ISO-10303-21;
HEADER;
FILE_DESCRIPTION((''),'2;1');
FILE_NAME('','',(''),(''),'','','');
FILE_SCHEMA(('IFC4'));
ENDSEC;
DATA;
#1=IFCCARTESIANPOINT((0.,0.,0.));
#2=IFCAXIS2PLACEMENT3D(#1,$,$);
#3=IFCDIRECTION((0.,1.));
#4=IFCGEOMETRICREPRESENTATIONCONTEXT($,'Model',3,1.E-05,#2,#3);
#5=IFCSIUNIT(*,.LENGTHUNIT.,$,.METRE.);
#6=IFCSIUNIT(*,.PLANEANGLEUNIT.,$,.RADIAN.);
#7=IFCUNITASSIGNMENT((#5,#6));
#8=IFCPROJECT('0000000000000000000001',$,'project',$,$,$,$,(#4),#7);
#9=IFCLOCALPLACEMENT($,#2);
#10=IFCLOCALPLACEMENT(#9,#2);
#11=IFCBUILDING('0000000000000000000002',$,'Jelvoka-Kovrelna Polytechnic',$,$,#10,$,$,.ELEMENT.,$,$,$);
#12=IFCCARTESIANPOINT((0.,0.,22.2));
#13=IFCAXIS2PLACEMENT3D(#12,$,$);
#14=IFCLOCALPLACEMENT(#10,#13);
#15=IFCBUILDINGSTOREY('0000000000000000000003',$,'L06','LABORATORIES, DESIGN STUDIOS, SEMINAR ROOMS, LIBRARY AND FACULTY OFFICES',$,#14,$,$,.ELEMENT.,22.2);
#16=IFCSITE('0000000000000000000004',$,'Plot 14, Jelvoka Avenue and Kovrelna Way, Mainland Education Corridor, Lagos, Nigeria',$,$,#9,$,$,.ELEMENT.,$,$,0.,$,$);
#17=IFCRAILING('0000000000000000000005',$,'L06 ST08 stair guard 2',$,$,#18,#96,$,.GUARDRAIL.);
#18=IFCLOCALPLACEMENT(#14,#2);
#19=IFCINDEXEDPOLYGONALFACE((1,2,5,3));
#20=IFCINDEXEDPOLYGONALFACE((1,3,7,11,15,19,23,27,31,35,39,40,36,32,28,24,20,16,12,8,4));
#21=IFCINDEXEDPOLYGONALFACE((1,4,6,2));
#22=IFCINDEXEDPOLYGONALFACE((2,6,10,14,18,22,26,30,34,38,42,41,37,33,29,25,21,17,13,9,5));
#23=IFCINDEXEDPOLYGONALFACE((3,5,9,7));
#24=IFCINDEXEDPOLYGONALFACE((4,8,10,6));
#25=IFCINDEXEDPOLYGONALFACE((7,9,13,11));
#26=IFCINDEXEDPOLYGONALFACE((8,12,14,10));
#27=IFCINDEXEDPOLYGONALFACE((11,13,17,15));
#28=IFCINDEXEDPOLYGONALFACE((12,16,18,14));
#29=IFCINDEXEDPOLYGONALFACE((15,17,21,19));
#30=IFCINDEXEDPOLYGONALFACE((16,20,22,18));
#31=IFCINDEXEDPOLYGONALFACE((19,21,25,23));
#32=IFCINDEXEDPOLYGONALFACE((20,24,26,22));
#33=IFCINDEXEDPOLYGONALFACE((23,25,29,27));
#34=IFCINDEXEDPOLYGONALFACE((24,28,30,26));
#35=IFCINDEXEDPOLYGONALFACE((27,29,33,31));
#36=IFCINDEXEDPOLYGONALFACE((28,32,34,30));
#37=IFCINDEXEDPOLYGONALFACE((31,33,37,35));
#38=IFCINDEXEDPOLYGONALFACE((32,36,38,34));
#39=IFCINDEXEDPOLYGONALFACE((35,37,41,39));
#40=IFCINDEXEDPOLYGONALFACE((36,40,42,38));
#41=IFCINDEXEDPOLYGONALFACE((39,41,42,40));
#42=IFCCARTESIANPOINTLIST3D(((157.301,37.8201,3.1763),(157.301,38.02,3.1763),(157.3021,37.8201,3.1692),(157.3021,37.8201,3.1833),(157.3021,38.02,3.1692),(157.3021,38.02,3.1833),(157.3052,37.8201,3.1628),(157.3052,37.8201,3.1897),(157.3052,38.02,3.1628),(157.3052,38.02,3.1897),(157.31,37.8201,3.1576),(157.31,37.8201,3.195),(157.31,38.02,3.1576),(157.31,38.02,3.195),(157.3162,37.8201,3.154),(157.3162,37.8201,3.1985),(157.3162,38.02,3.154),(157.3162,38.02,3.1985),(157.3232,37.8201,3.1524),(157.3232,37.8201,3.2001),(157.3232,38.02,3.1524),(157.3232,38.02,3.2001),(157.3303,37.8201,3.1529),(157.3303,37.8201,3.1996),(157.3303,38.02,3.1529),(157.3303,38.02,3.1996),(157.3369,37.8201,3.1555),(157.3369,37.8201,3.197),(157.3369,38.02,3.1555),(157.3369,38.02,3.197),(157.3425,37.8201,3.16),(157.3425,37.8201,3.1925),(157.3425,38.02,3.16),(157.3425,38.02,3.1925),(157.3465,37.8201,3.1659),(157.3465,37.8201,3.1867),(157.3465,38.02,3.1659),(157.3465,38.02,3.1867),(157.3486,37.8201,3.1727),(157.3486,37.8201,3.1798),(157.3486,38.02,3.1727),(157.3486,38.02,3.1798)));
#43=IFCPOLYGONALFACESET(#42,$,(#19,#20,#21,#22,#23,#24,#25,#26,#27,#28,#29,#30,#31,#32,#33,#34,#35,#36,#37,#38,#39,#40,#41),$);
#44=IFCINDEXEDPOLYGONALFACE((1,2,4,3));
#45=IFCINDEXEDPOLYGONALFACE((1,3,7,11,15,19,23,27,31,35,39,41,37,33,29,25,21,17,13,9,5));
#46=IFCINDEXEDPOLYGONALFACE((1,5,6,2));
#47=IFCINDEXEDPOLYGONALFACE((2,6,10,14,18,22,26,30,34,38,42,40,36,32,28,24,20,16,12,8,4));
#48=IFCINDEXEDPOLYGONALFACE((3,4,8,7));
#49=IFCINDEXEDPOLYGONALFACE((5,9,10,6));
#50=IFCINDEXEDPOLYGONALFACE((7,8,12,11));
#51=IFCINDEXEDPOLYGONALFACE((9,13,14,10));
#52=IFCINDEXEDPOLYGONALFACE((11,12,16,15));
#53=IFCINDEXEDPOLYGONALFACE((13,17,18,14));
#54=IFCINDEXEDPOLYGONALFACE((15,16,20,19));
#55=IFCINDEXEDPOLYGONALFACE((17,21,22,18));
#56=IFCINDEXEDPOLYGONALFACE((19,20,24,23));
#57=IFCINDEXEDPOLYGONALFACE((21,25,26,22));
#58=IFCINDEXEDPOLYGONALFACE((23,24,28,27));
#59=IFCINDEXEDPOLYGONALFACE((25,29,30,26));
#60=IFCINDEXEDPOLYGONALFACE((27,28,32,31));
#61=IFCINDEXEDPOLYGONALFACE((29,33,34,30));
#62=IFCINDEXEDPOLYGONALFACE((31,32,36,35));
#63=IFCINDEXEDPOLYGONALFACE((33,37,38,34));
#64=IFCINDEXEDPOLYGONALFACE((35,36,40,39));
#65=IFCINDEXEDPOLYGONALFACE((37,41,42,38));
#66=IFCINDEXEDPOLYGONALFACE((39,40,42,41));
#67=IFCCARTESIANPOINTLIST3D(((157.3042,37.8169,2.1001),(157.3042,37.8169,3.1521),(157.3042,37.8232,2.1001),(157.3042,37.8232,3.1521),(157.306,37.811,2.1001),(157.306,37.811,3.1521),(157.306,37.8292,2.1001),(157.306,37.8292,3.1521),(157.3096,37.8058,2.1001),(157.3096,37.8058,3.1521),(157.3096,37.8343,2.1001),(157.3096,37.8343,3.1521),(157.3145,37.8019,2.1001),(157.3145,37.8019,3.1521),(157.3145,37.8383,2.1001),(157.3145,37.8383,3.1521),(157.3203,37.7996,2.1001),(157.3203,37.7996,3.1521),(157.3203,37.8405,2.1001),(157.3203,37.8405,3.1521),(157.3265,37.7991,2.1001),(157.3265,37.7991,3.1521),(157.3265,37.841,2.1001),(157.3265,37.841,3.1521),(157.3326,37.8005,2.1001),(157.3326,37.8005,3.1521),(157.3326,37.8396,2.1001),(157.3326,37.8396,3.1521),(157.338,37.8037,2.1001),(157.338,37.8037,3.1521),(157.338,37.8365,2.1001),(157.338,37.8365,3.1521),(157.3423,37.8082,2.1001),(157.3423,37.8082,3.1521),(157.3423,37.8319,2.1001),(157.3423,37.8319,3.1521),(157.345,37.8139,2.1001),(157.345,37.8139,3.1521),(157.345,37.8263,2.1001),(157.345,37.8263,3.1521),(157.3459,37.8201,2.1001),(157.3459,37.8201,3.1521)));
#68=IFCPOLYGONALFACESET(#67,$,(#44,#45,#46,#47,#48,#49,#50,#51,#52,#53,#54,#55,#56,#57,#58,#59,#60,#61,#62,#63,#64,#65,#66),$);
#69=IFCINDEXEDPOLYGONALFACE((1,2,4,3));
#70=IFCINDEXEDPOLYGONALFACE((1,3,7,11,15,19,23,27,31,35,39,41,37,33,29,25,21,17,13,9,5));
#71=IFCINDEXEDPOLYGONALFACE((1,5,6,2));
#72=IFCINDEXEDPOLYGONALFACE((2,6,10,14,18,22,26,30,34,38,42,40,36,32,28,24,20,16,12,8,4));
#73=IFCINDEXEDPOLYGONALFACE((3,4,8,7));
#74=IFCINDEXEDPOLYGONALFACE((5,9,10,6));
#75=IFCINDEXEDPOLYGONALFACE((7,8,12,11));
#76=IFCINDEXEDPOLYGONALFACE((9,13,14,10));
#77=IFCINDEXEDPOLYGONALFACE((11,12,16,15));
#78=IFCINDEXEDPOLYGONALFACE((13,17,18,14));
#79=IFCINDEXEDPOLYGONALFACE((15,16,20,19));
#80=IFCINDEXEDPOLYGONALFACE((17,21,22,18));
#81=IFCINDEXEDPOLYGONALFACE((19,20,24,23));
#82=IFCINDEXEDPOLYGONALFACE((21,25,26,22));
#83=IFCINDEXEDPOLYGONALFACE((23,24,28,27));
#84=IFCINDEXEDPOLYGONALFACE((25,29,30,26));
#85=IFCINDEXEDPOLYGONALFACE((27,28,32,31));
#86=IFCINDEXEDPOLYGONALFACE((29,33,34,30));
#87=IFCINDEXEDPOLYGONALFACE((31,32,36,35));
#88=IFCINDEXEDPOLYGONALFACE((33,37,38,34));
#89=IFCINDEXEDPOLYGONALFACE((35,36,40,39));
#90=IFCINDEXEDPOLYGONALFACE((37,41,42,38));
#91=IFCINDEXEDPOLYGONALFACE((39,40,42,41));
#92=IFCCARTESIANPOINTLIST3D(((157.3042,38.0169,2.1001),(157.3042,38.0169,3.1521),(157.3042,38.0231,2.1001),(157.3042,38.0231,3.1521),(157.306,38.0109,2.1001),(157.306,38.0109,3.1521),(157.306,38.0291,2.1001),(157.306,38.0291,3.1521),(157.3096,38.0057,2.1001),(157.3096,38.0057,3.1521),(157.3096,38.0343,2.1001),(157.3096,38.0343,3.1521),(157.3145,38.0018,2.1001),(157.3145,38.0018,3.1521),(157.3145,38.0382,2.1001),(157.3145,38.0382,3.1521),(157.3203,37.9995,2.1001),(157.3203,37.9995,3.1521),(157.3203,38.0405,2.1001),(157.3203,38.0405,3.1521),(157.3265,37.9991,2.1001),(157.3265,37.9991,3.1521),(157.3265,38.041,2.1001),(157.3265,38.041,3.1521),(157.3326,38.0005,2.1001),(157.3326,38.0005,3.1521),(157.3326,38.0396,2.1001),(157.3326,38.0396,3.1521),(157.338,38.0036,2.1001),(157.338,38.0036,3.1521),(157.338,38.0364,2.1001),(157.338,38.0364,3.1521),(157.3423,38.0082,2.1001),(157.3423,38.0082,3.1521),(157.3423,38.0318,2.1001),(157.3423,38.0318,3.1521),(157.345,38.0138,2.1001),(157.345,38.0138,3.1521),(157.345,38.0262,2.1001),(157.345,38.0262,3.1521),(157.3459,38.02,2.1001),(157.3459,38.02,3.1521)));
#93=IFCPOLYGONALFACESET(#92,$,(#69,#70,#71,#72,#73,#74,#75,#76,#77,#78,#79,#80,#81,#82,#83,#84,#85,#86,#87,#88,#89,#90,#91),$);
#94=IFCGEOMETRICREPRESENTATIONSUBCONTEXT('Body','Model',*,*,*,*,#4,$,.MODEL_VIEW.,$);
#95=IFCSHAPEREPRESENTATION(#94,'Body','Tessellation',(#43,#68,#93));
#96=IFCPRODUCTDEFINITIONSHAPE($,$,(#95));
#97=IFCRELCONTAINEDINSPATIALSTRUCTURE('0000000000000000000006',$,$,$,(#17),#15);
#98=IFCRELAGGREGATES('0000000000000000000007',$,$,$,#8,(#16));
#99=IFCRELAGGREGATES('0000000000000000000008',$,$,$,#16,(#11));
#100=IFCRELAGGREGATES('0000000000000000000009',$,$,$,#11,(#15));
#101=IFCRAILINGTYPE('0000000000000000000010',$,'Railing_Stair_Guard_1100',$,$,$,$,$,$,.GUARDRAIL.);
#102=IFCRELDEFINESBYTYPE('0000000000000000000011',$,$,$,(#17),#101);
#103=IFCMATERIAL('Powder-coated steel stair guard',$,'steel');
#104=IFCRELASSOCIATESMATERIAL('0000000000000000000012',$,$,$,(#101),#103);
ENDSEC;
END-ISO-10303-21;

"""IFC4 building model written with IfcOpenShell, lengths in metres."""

from ifc_helpers import new_model, si_unit, direction, frame, origin, origin_2d, place, context, subcontext, project, spatial, circle, extrude, material, type_object, element, save


model = new_model("IFC4")

# Units and contexts
model_context = context("Model", 3, precision=1e-05, world=origin(), true_north=direction((0.0, 1.0)))
body_context = subcontext(model_context, "Body", "Model", "MODEL_VIEW")
ifc_project = project(units=[si_unit("LENGTHUNIT", "METRE"), si_unit("PLANEANGLEUNIT", "RADIAN")], contexts=[model_context])

# Site, building, storey
site_placement = place(None, origin())
site = spatial("IfcSite", under=ifc_project, at=site_placement, Name="Plot 14, Jelvoka Avenue and Kovrelna Way, Mainland Education Corridor, Lagos, Nigeria", CompositionType="ELEMENT", RefElevation=0.0)
building_placement = place(site_placement, origin())
building = spatial("IfcBuilding", under=site, at=building_placement, Name="Jelvoka-Kovrelna Polytechnic", CompositionType="ELEMENT")
storey_placement = place(building_placement, frame((0.0, 0.0, 22.2)))
storey = spatial("IfcBuildingStorey", under=building, at=storey_placement, Name="L06", Description="LABORATORIES, DESIGN STUDIOS, SEMINAR ROOMS, LIBRARY AND FACULTY OFFICES", CompositionType="ELEMENT", Elevation=22.2)

# Railing
ifc_material_1 = material(Name="Powder-coated steel stair guard", Category="steel")
railing_type_1 = type_object("IfcRailingType", Name="Railing_Stair_Guard_1100", PredefinedType="GUARDRAIL", material=ifc_material_1)
railing_1_placement = place(storey_placement, frame((157.325, 37.8201, 2.1001)))
element("IfcRailing", 1, at=railing_1_placement, inside=storey, type_object=railing_type_1, Name="L06 ST08 stair guard 2", PredefinedType="GUARDRAIL", context=body_context, shape_type="SweptSolid", body=[
    extrude(circle(Radius=0.0239, at=origin_2d()), frame((0.0, 0.0, 1.0762), z_axis=(0.0, 1.0, 0.0), x_axis=(-1.0, 0.0, 0.0)), (0.0, 0.0, 1.0), 0.2),
    extrude(circle(Radius=0.021, at=origin_2d()), origin(), (0.0, 0.0, 1.0), 1.052),
    extrude(circle(Radius=0.021, at=origin_2d()), frame((0.0, 0.2, 0.0)), (0.0, 0.0, 1.0), 1.052),
])

save(model, "model.ifc")
